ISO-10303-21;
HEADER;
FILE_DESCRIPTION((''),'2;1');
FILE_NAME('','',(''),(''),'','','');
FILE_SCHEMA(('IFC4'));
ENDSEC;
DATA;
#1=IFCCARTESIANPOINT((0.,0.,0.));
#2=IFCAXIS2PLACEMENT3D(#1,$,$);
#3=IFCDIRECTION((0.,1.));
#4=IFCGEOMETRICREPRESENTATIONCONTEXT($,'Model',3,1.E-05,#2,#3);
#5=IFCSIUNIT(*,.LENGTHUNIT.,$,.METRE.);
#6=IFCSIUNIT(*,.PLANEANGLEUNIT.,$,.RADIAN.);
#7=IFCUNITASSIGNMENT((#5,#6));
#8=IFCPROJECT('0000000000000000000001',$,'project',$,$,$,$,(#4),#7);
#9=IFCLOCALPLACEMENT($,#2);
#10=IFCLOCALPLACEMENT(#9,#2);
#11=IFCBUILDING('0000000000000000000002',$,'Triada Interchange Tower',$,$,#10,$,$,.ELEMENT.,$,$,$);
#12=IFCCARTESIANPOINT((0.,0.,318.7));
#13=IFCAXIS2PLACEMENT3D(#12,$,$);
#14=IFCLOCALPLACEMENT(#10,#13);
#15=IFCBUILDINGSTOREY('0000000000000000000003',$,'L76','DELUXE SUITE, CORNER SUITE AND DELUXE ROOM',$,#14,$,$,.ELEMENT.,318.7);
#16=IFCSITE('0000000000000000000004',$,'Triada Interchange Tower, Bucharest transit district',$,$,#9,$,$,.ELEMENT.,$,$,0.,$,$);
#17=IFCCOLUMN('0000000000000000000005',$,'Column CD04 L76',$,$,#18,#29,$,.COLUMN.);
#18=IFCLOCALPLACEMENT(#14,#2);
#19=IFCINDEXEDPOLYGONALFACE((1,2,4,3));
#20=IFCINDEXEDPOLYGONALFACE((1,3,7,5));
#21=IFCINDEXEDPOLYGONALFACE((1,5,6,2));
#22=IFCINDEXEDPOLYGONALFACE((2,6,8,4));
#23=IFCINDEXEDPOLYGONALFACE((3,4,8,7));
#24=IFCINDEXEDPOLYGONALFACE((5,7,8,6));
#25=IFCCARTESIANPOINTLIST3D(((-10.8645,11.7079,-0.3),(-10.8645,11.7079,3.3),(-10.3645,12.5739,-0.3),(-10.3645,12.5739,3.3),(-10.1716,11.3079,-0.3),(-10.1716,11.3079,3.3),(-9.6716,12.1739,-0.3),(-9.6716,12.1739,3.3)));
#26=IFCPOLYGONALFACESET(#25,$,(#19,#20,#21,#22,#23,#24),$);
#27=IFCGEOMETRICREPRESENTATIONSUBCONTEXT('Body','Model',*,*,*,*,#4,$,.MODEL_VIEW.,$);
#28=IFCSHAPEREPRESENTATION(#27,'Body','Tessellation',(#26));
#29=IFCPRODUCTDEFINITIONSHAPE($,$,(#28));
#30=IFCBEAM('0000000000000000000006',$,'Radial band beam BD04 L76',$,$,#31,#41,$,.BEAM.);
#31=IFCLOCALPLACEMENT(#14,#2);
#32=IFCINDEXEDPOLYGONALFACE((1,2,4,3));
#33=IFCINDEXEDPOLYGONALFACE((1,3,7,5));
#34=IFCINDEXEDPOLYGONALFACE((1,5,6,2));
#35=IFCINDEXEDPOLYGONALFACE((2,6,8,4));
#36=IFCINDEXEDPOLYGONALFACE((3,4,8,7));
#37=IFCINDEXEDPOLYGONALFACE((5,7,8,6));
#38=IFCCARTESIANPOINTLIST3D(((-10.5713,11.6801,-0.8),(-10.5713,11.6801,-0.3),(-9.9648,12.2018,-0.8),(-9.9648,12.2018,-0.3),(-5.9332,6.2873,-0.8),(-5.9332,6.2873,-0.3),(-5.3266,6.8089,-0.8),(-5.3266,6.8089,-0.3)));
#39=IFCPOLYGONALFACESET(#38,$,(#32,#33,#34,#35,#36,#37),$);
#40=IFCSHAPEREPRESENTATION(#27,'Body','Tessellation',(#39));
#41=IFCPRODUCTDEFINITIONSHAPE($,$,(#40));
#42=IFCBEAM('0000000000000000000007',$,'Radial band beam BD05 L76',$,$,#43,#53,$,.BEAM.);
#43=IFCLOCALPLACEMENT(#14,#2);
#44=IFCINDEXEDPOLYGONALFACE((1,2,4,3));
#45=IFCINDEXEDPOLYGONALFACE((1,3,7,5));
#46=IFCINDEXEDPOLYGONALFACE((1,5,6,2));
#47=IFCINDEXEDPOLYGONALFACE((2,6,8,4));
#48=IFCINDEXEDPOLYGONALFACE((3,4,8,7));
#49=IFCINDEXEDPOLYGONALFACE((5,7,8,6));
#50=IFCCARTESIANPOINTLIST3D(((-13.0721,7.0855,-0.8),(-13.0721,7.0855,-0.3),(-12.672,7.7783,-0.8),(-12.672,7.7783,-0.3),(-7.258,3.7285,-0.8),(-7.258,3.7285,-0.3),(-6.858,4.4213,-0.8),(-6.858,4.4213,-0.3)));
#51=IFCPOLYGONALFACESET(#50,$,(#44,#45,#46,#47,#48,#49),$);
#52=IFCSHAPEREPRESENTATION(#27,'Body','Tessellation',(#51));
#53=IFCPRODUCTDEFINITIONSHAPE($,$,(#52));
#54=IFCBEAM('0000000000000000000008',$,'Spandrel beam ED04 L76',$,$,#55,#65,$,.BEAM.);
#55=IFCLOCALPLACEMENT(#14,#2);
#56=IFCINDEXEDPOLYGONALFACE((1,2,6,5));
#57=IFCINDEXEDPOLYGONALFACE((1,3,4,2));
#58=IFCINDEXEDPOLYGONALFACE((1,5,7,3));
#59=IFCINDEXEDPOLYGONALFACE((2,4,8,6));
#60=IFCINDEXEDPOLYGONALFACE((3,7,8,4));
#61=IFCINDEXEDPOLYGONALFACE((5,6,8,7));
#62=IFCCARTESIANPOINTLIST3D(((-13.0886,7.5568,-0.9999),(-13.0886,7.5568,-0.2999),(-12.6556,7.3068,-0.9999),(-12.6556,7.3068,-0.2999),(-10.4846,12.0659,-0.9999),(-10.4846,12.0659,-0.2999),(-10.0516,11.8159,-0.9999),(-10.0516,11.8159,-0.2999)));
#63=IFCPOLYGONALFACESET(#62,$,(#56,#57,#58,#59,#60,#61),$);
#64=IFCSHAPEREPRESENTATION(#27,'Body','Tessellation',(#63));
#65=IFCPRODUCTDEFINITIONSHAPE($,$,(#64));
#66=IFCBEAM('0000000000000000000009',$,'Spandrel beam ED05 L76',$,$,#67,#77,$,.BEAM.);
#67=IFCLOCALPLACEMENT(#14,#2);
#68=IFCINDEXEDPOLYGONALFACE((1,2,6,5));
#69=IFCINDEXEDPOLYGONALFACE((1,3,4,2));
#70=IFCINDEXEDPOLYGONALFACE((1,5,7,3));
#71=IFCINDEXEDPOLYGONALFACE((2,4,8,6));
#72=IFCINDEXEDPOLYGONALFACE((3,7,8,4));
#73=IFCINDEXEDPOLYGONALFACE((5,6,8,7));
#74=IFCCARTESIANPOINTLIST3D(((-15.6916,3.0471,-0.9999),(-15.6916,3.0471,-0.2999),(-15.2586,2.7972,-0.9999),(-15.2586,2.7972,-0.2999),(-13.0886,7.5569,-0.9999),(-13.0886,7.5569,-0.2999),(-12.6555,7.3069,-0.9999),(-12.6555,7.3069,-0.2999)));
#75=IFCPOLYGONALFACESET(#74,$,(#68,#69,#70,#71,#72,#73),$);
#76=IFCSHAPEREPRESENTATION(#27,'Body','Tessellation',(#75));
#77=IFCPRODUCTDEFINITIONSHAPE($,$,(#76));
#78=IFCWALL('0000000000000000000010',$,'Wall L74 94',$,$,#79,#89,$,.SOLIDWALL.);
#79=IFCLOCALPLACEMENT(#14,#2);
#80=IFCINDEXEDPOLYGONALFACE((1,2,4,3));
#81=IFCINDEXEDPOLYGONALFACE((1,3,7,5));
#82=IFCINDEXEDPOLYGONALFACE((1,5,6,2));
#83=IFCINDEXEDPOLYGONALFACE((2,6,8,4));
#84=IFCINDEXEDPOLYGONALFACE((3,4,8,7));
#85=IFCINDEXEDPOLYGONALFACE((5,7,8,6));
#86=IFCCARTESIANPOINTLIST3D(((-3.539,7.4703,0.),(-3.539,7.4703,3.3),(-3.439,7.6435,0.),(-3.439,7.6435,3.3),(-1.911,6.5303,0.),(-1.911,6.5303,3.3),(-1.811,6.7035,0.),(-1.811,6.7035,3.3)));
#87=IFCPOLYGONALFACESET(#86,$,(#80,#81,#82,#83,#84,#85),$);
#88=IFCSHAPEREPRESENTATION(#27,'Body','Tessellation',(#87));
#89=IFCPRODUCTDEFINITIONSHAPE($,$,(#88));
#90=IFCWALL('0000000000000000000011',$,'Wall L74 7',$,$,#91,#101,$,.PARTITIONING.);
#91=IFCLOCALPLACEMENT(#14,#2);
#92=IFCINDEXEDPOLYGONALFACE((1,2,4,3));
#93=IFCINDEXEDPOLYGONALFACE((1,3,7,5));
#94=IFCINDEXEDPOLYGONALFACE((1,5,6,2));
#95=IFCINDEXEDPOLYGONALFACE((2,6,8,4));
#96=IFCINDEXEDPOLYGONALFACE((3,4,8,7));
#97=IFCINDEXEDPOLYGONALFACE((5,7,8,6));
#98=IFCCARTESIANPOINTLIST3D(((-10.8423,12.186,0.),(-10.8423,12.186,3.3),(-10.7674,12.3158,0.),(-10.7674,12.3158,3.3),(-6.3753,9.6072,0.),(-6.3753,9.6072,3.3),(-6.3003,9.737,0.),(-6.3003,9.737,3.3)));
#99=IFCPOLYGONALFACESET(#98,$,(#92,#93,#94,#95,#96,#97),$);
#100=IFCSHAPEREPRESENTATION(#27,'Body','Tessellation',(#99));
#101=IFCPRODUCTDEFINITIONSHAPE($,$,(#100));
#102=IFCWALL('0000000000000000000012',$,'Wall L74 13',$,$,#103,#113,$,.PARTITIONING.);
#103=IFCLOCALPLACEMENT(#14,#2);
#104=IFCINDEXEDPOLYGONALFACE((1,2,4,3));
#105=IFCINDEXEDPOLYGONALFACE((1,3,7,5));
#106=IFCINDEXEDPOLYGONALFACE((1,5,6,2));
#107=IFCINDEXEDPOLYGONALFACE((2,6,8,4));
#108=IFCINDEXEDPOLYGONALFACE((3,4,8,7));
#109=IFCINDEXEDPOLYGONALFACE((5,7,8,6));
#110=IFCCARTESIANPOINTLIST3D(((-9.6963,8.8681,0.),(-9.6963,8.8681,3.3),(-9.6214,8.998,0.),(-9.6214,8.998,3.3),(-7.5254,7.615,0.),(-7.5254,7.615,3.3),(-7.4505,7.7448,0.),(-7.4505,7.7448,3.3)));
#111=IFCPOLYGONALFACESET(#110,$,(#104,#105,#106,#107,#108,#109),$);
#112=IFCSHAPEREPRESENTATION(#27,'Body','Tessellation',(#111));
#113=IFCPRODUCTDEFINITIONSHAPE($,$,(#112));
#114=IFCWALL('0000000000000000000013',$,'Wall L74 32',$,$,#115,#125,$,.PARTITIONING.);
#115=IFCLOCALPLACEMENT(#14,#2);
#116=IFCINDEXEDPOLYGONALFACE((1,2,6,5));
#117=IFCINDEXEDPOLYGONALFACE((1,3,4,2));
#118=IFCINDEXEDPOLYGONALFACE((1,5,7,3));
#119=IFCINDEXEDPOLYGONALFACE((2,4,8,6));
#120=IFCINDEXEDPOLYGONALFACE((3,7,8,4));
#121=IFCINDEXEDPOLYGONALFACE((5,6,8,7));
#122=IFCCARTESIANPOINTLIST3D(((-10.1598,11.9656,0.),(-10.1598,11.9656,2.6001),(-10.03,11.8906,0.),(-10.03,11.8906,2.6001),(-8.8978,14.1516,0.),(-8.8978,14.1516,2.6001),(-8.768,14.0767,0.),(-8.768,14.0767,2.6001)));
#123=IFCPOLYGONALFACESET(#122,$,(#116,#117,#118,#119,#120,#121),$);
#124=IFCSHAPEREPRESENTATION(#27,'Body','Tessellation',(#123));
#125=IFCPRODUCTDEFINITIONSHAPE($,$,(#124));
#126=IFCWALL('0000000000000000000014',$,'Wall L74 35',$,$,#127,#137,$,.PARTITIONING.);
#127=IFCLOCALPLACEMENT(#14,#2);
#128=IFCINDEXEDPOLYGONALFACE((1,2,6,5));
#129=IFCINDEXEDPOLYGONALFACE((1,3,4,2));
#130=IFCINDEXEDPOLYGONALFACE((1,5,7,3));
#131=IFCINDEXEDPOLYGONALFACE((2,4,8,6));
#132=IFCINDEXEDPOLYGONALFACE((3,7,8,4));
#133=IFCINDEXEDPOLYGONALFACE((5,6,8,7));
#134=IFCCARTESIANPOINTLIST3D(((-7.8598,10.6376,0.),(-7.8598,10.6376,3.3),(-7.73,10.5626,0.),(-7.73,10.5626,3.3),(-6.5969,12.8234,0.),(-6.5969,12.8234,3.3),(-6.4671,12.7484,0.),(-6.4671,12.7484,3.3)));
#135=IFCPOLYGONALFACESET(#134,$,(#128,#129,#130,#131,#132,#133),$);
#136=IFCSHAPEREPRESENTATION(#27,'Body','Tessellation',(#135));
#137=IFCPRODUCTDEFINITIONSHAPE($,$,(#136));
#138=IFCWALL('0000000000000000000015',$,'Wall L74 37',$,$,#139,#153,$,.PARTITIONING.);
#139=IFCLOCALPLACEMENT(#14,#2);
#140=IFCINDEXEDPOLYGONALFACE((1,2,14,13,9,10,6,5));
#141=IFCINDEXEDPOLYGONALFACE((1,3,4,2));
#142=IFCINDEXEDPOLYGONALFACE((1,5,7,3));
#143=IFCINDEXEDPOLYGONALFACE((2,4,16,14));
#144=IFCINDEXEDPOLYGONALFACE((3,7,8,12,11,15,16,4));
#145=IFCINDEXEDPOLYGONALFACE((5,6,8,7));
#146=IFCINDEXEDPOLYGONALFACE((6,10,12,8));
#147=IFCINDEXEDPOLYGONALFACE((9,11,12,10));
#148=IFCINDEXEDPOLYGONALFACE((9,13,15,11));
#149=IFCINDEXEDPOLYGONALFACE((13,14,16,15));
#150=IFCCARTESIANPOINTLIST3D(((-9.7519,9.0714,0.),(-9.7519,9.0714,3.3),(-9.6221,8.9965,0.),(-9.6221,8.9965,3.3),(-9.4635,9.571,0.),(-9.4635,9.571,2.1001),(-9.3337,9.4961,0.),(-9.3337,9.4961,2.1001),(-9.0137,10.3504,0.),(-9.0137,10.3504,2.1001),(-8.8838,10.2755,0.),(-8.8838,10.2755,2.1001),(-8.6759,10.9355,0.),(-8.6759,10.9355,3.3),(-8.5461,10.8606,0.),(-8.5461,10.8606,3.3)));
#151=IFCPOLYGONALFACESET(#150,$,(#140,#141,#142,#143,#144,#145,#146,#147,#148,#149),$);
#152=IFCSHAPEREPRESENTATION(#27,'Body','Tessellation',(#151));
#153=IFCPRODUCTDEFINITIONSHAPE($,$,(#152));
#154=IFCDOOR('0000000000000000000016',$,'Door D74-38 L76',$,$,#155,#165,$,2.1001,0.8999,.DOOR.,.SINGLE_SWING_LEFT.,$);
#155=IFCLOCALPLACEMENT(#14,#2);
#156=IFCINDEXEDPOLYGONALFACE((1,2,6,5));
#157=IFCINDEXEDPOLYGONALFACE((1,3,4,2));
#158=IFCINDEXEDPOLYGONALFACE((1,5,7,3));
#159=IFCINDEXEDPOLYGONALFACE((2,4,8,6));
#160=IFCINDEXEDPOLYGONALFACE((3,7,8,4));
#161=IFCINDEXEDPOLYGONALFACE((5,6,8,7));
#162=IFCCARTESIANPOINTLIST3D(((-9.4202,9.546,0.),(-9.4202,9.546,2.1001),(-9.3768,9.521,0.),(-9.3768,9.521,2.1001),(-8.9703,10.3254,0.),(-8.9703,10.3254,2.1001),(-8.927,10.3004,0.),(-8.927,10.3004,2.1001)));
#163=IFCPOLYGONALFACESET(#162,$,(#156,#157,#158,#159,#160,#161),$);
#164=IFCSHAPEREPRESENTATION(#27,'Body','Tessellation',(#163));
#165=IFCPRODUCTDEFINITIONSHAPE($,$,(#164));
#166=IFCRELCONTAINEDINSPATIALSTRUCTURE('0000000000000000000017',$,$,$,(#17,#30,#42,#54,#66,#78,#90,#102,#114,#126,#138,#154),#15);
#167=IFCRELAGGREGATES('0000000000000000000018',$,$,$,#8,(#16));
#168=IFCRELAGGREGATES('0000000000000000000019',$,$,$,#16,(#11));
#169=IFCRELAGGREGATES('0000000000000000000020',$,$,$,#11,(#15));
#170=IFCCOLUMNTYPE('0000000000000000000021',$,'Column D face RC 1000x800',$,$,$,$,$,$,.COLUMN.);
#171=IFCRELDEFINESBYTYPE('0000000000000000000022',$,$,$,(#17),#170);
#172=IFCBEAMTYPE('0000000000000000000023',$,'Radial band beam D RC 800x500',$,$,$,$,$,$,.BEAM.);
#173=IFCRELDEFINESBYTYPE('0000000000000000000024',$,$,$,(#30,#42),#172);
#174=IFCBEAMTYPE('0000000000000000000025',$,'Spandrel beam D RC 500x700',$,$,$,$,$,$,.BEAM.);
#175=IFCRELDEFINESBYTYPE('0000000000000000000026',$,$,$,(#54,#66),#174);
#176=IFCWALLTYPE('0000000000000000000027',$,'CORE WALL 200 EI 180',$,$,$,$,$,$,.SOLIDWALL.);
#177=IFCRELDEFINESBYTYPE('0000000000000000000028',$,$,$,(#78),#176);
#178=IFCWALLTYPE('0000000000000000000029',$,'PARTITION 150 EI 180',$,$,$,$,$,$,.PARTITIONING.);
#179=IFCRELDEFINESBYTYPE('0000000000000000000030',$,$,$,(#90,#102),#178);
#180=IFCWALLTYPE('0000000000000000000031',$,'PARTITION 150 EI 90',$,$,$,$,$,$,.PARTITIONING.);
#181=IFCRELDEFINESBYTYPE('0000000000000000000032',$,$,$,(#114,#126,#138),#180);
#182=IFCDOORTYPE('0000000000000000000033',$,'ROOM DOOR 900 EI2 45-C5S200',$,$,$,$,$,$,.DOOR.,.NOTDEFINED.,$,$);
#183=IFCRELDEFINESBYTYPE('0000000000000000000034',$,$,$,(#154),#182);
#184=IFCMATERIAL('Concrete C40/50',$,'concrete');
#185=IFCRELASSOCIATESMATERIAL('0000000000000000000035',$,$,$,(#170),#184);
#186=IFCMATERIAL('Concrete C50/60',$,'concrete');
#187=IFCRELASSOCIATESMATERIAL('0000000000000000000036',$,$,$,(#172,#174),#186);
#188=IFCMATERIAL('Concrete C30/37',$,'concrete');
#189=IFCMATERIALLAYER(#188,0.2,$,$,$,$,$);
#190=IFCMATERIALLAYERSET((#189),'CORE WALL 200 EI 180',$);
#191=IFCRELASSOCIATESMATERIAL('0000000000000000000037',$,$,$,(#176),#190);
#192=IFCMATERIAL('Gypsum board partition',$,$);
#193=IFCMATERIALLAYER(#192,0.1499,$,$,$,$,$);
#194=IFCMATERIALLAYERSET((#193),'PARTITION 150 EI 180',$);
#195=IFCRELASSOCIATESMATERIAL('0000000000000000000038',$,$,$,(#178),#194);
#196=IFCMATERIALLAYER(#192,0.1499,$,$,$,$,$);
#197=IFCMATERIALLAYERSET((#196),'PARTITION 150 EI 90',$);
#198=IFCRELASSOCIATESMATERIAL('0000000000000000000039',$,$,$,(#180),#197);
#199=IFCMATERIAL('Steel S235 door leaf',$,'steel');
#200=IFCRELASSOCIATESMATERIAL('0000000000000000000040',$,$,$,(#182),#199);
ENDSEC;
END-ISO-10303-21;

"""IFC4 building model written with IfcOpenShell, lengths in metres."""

from ifc_helpers import new_model, si_unit, direction, frame, frame_2d, origin, origin_2d, place, context, subcontext, project, spatial, rectangle, extrude, material, layer, layer_set, material_profile, profile_set, type_object, element, fill, save


model = new_model("IFC4")

# Units and contexts
model_context = context("Model", 3, precision=1e-05, world=origin(), true_north=direction((0.0, 1.0)))
body_context = subcontext(model_context, "Body", "Model", "MODEL_VIEW")
ifc_project = project(units=[si_unit("LENGTHUNIT", "METRE"), si_unit("PLANEANGLEUNIT", "RADIAN")], contexts=[model_context])

# Site, building, storey
site_placement = place(None, origin())
site = spatial("IfcSite", under=ifc_project, at=site_placement, Name="Triada Interchange Tower, Bucharest transit district", CompositionType="ELEMENT", RefElevation=0.0)
building_placement = place(site_placement, origin())
building = spatial("IfcBuilding", under=site, at=building_placement, Name="Triada Interchange Tower", CompositionType="ELEMENT")
storey_placement = place(building_placement, frame((0.0, 0.0, 318.7)))
storey = spatial("IfcBuildingStorey", under=building, at=storey_placement, Name="L76", Description="DELUXE SUITE, CORNER SUITE AND DELUXE ROOM", CompositionType="ELEMENT", Elevation=318.7)

# Column
ifc_material_1 = material(Name="Concrete C40/50", Category="concrete")
ifc_material_profile_1 = material_profile(ifc_material_1, rectangle(XDim=1.0, YDim=0.8, at=origin_2d()), Name="RC 1000x800")
ifc_profile_set_1 = profile_set([ifc_material_profile_1], Name="Concrete C40/50")
column_type = type_object("IfcColumnType", Name="Column D face RC 1000x800", PredefinedType="COLUMN", material=ifc_profile_set_1)
column_placement = place(storey_placement, frame((-10.2681, 11.9409, -0.3), z_axis=(0.0, 0.0, 1.0), x_axis=(0.5, 0.866025, 0.0)))
element("IfcColumn", 1, at=column_placement, inside=storey, type_object=column_type, Name="Column CD04 L76", PredefinedType="COLUMN", context=body_context, shape_type="SweptSolid", body=[
    extrude(rectangle(XDim=1.0, YDim=0.8, at=origin_2d()), origin(), (0.0, 0.0, 1.0), 3.6001),
])

# Beams
ifc_material_2 = material(Name="Concrete C50/60", Category="concrete")
ifc_material_profile_2 = material_profile(ifc_material_2, rectangle(XDim=0.8, YDim=0.5, at=origin_2d()), Name="RC 800x500")
ifc_profile_set_2 = profile_set([ifc_material_profile_2], Name="Concrete C50/60")
beam_type_1 = type_object("IfcBeamType", Name="Radial band beam D RC 800x500", PredefinedType="BEAM", material=ifc_profile_set_2)
beam_1_placement = place(storey_placement, frame((-10.2681, 11.9409, -0.55), z_axis=(0.652068, -0.75816, 0.0), x_axis=(0.75816, 0.652068, 0.0)))
element("IfcBeam", 2, at=beam_1_placement, inside=storey, type_object=beam_type_1, Name="Radial band beam BD04 L76", PredefinedType="BEAM", context=body_context, shape_type="SweptSolid", body=[
    extrude(rectangle(XDim=0.8, YDim=0.5, at=origin_2d()), origin(), (0.0, 0.0, 1.0), 7.113),
])
beam_2_placement = place(storey_placement, frame((-12.8721, 7.4319, -0.55), z_axis=(0.86601, -0.500027, 0.0), x_axis=(0.500027, 0.86601, 0.0)))
element("IfcBeam", 3, at=beam_2_placement, inside=storey, type_object=beam_type_1, Name="Radial band beam BD05 L76", PredefinedType="BEAM", context=body_context, shape_type="SweptSolid", body=[
    extrude(rectangle(XDim=0.8, YDim=0.5, at=origin_2d()), origin(), (0.0, 0.0, 1.0), 6.7136),
])
ifc_material_profile_3 = material_profile(ifc_material_2, rectangle(XDim=0.5, YDim=0.7, at=origin_2d()), Name="RC 500x700")
ifc_profile_set_3 = profile_set([ifc_material_profile_3], Name="Concrete C50/60")
beam_type_2 = type_object("IfcBeamType", Name="Spandrel beam D RC 500x700", PredefinedType="BEAM", material=ifc_profile_set_3)
for number, where, z_axis, x_axis, name in (
    (4, (-10.2681, 11.9409, -0.6499), (-0.500103, -0.865966, 0.0), (0.865966, -0.500103, 0.0), "Spandrel beam ED04 L76"),
    (5, (-12.8721, 7.4319, -0.6499), (-0.499901, -0.866083, 0.0), (0.866083, -0.499901, 0.0), "Spandrel beam ED05 L76"),
):
    element("IfcBeam", number, at=place(storey_placement, frame(where, z_axis=z_axis, x_axis=x_axis)), inside=storey, type_object=beam_type_2, Name=name, PredefinedType="BEAM", context=body_context, shape_type="SweptSolid", body=[
        extrude(rectangle(XDim=0.5, YDim=0.7, at=origin_2d()), origin(), (0.0, 0.0, 1.0), 5.207),
    ])

# Wall
ifc_material_3 = material(Name="Concrete C30/37", Category="concrete")
ifc_layer_1 = layer(ifc_material_3, 0.2)
ifc_layer_set_1 = layer_set([ifc_layer_1], Name="CORE WALL 200 EI 180")
wall_type_1 = type_object("IfcWallType", Name="CORE WALL 200 EI 180", PredefinedType="SOLIDWALL", material=ifc_layer_set_1)
wall_1_placement = place(storey_placement, frame((-3.489, 7.5569, 0.0), z_axis=(0.0, 0.0, 1.0), x_axis=(0.866013, -0.500022, 0.0)))
element("IfcWall", 6, at=wall_1_placement, inside=storey, type_object=wall_type_1, Name="Wall L74 94", PredefinedType="SOLIDWALL", context=body_context, shape_type="SweptSolid", body=[
    extrude(rectangle(XDim=1.8799, YDim=0.2, at=frame_2d((0.9399, 0.0))), origin(), (0.0, 0.0, 1.0), 3.3),
])

# Shared definitions
ifc_material_4 = material(Name="Steel S235 door leaf", Category="steel")

# Walls
ifc_material_5 = material(Name="Gypsum board partition")
ifc_layer_2 = layer(ifc_material_5, 0.1499)
ifc_layer_set_2 = layer_set([ifc_layer_2], Name="PARTITION 150 EI 180")
wall_type_2 = type_object("IfcWallType", Name="PARTITION 150 EI 180", PredefinedType="PARTITIONING", material=ifc_layer_set_2)
wall_2_placement = place(storey_placement, frame((-10.8049, 12.251, 0.0), z_axis=(0.0, 0.0, 1.0), x_axis=(0.866041, -0.499972, 0.0)))
element("IfcWall", 7, at=wall_2_placement, inside=storey, type_object=wall_type_2, Name="Wall L74 7", PredefinedType="PARTITIONING", context=body_context, shape_type="SweptSolid", body=[
    extrude(rectangle(XDim=5.158, YDim=0.1499, at=frame_2d((2.5791, 0.0))), origin(), (0.0, 0.0, 1.0), 3.3),
])
wall_3_placement = place(storey_placement, frame((-9.6589, 8.9331, 0.0), z_axis=(0.0, 0.0, 1.0), x_axis=(0.866059, -0.499942, 0.0)))
element("IfcWall", 8, at=wall_3_placement, inside=storey, type_object=wall_type_2, Name="Wall L74 13", PredefinedType="PARTITIONING", context=body_context, shape_type="SweptSolid", body=[
    extrude(rectangle(XDim=2.5066, YDim=0.1499, at=frame_2d((1.2534, 0.0))), origin(), (0.0, 0.0, 1.0), 3.3),
])
ifc_layer_3 = layer(ifc_material_5, 0.1499)
ifc_layer_set_3 = layer_set([ifc_layer_3], Name="PARTITION 150 EI 90")
wall_type_3 = type_object("IfcWallType", Name="PARTITION 150 EI 90", PredefinedType="PARTITIONING", material=ifc_layer_set_3)
wall_4_placement = place(storey_placement, frame((-10.095, 11.928, 0.0), z_axis=(0.0, 0.0, 1.0), x_axis=(0.499957, 0.86605, 0.0)))
element("IfcWall", 9, at=wall_4_placement, inside=storey, type_object=wall_type_3, Name="Wall L74 32", PredefinedType="PARTITIONING", context=body_context, shape_type="SweptSolid", body=[
    extrude(rectangle(XDim=2.5242, YDim=0.1499, at=frame_2d((1.2622, 0.0))), origin(), (0.0, 0.0, 1.0), 2.6001),
])
wall_5_placement = place(storey_placement, frame((-7.7949, 10.6001, 0.0), z_axis=(0.0, 0.0, 1.0), x_axis=(0.500289, 0.865859, 0.0)))
element("IfcWall", 10, at=wall_5_placement, inside=storey, type_object=wall_type_3, Name="Wall L74 35", PredefinedType="PARTITIONING", context=body_context, shape_type="SweptSolid", body=[
    extrude(rectangle(XDim=2.5244, YDim=0.1499, at=frame_2d((1.2622, 0.0))), origin(), (0.0, 0.0, 1.0), 3.3),
])

# Wall, opening, door
wall_6_placement = place(storey_placement, frame((-9.687, 9.0339, 0.0), z_axis=(0.0, 0.0, 1.0), x_axis=(0.499909, 0.866078, 0.0)))
wall_6 = element("IfcWall", 11, at=wall_6_placement, inside=storey, type_object=wall_type_3, Name="Wall L74 37", PredefinedType="PARTITIONING", context=body_context, shape_type="SweptSolid", body=[
    extrude(rectangle(XDim=2.1523, YDim=0.1499, at=frame_2d((1.0762, 0.0))), origin(), (0.0, 0.0, 1.0), 3.3),
])
opening_1_placement = place(wall_6_placement, frame((0.5769, 0.0, 0.0)))
opening_1 = element("IfcOpeningElement", 12, at=opening_1_placement, cuts=wall_6, PredefinedType="OPENING", context=body_context, shape_type="SweptSolid", body=[
    extrude(rectangle(XDim=0.8999, YDim=2.1001, at=frame_2d((0.45, 1.05))), frame((0.0, 0.085, 0.0), z_axis=(0.0, -1.0, 0.0), x_axis=(1.0, 0.0, 0.0)), (0.0, 0.0, 1.0), 0.1699),
])
door_type_1 = type_object("IfcDoorType", Name="ROOM DOOR 900 EI2 45-C5S200", OperationType="NOTDEFINED", PredefinedType="DOOR", material=ifc_material_4)
door_1_placement = place(opening_1_placement, origin())
door_1 = element("IfcDoor", 13, at=door_1_placement, inside=storey, type_object=door_type_1, Name="Door D74-38 L76", OperationType="SINGLE_SWING_LEFT", OverallHeight=2.1001, OverallWidth=0.8999, PredefinedType="DOOR", context=body_context, shape_type="SweptSolid", body=[
    extrude(rectangle(XDim=0.8999, YDim=2.1001, at=frame_2d((0.45, 1.05))), frame((0.0, 0.0249, 0.0), z_axis=(0.0, -1.0, 0.0), x_axis=(1.0, 0.0, 0.0)), (0.0, 0.0, 1.0), 0.05),
])
fill(opening_1, door_1)

save(model, "model.ifc")
